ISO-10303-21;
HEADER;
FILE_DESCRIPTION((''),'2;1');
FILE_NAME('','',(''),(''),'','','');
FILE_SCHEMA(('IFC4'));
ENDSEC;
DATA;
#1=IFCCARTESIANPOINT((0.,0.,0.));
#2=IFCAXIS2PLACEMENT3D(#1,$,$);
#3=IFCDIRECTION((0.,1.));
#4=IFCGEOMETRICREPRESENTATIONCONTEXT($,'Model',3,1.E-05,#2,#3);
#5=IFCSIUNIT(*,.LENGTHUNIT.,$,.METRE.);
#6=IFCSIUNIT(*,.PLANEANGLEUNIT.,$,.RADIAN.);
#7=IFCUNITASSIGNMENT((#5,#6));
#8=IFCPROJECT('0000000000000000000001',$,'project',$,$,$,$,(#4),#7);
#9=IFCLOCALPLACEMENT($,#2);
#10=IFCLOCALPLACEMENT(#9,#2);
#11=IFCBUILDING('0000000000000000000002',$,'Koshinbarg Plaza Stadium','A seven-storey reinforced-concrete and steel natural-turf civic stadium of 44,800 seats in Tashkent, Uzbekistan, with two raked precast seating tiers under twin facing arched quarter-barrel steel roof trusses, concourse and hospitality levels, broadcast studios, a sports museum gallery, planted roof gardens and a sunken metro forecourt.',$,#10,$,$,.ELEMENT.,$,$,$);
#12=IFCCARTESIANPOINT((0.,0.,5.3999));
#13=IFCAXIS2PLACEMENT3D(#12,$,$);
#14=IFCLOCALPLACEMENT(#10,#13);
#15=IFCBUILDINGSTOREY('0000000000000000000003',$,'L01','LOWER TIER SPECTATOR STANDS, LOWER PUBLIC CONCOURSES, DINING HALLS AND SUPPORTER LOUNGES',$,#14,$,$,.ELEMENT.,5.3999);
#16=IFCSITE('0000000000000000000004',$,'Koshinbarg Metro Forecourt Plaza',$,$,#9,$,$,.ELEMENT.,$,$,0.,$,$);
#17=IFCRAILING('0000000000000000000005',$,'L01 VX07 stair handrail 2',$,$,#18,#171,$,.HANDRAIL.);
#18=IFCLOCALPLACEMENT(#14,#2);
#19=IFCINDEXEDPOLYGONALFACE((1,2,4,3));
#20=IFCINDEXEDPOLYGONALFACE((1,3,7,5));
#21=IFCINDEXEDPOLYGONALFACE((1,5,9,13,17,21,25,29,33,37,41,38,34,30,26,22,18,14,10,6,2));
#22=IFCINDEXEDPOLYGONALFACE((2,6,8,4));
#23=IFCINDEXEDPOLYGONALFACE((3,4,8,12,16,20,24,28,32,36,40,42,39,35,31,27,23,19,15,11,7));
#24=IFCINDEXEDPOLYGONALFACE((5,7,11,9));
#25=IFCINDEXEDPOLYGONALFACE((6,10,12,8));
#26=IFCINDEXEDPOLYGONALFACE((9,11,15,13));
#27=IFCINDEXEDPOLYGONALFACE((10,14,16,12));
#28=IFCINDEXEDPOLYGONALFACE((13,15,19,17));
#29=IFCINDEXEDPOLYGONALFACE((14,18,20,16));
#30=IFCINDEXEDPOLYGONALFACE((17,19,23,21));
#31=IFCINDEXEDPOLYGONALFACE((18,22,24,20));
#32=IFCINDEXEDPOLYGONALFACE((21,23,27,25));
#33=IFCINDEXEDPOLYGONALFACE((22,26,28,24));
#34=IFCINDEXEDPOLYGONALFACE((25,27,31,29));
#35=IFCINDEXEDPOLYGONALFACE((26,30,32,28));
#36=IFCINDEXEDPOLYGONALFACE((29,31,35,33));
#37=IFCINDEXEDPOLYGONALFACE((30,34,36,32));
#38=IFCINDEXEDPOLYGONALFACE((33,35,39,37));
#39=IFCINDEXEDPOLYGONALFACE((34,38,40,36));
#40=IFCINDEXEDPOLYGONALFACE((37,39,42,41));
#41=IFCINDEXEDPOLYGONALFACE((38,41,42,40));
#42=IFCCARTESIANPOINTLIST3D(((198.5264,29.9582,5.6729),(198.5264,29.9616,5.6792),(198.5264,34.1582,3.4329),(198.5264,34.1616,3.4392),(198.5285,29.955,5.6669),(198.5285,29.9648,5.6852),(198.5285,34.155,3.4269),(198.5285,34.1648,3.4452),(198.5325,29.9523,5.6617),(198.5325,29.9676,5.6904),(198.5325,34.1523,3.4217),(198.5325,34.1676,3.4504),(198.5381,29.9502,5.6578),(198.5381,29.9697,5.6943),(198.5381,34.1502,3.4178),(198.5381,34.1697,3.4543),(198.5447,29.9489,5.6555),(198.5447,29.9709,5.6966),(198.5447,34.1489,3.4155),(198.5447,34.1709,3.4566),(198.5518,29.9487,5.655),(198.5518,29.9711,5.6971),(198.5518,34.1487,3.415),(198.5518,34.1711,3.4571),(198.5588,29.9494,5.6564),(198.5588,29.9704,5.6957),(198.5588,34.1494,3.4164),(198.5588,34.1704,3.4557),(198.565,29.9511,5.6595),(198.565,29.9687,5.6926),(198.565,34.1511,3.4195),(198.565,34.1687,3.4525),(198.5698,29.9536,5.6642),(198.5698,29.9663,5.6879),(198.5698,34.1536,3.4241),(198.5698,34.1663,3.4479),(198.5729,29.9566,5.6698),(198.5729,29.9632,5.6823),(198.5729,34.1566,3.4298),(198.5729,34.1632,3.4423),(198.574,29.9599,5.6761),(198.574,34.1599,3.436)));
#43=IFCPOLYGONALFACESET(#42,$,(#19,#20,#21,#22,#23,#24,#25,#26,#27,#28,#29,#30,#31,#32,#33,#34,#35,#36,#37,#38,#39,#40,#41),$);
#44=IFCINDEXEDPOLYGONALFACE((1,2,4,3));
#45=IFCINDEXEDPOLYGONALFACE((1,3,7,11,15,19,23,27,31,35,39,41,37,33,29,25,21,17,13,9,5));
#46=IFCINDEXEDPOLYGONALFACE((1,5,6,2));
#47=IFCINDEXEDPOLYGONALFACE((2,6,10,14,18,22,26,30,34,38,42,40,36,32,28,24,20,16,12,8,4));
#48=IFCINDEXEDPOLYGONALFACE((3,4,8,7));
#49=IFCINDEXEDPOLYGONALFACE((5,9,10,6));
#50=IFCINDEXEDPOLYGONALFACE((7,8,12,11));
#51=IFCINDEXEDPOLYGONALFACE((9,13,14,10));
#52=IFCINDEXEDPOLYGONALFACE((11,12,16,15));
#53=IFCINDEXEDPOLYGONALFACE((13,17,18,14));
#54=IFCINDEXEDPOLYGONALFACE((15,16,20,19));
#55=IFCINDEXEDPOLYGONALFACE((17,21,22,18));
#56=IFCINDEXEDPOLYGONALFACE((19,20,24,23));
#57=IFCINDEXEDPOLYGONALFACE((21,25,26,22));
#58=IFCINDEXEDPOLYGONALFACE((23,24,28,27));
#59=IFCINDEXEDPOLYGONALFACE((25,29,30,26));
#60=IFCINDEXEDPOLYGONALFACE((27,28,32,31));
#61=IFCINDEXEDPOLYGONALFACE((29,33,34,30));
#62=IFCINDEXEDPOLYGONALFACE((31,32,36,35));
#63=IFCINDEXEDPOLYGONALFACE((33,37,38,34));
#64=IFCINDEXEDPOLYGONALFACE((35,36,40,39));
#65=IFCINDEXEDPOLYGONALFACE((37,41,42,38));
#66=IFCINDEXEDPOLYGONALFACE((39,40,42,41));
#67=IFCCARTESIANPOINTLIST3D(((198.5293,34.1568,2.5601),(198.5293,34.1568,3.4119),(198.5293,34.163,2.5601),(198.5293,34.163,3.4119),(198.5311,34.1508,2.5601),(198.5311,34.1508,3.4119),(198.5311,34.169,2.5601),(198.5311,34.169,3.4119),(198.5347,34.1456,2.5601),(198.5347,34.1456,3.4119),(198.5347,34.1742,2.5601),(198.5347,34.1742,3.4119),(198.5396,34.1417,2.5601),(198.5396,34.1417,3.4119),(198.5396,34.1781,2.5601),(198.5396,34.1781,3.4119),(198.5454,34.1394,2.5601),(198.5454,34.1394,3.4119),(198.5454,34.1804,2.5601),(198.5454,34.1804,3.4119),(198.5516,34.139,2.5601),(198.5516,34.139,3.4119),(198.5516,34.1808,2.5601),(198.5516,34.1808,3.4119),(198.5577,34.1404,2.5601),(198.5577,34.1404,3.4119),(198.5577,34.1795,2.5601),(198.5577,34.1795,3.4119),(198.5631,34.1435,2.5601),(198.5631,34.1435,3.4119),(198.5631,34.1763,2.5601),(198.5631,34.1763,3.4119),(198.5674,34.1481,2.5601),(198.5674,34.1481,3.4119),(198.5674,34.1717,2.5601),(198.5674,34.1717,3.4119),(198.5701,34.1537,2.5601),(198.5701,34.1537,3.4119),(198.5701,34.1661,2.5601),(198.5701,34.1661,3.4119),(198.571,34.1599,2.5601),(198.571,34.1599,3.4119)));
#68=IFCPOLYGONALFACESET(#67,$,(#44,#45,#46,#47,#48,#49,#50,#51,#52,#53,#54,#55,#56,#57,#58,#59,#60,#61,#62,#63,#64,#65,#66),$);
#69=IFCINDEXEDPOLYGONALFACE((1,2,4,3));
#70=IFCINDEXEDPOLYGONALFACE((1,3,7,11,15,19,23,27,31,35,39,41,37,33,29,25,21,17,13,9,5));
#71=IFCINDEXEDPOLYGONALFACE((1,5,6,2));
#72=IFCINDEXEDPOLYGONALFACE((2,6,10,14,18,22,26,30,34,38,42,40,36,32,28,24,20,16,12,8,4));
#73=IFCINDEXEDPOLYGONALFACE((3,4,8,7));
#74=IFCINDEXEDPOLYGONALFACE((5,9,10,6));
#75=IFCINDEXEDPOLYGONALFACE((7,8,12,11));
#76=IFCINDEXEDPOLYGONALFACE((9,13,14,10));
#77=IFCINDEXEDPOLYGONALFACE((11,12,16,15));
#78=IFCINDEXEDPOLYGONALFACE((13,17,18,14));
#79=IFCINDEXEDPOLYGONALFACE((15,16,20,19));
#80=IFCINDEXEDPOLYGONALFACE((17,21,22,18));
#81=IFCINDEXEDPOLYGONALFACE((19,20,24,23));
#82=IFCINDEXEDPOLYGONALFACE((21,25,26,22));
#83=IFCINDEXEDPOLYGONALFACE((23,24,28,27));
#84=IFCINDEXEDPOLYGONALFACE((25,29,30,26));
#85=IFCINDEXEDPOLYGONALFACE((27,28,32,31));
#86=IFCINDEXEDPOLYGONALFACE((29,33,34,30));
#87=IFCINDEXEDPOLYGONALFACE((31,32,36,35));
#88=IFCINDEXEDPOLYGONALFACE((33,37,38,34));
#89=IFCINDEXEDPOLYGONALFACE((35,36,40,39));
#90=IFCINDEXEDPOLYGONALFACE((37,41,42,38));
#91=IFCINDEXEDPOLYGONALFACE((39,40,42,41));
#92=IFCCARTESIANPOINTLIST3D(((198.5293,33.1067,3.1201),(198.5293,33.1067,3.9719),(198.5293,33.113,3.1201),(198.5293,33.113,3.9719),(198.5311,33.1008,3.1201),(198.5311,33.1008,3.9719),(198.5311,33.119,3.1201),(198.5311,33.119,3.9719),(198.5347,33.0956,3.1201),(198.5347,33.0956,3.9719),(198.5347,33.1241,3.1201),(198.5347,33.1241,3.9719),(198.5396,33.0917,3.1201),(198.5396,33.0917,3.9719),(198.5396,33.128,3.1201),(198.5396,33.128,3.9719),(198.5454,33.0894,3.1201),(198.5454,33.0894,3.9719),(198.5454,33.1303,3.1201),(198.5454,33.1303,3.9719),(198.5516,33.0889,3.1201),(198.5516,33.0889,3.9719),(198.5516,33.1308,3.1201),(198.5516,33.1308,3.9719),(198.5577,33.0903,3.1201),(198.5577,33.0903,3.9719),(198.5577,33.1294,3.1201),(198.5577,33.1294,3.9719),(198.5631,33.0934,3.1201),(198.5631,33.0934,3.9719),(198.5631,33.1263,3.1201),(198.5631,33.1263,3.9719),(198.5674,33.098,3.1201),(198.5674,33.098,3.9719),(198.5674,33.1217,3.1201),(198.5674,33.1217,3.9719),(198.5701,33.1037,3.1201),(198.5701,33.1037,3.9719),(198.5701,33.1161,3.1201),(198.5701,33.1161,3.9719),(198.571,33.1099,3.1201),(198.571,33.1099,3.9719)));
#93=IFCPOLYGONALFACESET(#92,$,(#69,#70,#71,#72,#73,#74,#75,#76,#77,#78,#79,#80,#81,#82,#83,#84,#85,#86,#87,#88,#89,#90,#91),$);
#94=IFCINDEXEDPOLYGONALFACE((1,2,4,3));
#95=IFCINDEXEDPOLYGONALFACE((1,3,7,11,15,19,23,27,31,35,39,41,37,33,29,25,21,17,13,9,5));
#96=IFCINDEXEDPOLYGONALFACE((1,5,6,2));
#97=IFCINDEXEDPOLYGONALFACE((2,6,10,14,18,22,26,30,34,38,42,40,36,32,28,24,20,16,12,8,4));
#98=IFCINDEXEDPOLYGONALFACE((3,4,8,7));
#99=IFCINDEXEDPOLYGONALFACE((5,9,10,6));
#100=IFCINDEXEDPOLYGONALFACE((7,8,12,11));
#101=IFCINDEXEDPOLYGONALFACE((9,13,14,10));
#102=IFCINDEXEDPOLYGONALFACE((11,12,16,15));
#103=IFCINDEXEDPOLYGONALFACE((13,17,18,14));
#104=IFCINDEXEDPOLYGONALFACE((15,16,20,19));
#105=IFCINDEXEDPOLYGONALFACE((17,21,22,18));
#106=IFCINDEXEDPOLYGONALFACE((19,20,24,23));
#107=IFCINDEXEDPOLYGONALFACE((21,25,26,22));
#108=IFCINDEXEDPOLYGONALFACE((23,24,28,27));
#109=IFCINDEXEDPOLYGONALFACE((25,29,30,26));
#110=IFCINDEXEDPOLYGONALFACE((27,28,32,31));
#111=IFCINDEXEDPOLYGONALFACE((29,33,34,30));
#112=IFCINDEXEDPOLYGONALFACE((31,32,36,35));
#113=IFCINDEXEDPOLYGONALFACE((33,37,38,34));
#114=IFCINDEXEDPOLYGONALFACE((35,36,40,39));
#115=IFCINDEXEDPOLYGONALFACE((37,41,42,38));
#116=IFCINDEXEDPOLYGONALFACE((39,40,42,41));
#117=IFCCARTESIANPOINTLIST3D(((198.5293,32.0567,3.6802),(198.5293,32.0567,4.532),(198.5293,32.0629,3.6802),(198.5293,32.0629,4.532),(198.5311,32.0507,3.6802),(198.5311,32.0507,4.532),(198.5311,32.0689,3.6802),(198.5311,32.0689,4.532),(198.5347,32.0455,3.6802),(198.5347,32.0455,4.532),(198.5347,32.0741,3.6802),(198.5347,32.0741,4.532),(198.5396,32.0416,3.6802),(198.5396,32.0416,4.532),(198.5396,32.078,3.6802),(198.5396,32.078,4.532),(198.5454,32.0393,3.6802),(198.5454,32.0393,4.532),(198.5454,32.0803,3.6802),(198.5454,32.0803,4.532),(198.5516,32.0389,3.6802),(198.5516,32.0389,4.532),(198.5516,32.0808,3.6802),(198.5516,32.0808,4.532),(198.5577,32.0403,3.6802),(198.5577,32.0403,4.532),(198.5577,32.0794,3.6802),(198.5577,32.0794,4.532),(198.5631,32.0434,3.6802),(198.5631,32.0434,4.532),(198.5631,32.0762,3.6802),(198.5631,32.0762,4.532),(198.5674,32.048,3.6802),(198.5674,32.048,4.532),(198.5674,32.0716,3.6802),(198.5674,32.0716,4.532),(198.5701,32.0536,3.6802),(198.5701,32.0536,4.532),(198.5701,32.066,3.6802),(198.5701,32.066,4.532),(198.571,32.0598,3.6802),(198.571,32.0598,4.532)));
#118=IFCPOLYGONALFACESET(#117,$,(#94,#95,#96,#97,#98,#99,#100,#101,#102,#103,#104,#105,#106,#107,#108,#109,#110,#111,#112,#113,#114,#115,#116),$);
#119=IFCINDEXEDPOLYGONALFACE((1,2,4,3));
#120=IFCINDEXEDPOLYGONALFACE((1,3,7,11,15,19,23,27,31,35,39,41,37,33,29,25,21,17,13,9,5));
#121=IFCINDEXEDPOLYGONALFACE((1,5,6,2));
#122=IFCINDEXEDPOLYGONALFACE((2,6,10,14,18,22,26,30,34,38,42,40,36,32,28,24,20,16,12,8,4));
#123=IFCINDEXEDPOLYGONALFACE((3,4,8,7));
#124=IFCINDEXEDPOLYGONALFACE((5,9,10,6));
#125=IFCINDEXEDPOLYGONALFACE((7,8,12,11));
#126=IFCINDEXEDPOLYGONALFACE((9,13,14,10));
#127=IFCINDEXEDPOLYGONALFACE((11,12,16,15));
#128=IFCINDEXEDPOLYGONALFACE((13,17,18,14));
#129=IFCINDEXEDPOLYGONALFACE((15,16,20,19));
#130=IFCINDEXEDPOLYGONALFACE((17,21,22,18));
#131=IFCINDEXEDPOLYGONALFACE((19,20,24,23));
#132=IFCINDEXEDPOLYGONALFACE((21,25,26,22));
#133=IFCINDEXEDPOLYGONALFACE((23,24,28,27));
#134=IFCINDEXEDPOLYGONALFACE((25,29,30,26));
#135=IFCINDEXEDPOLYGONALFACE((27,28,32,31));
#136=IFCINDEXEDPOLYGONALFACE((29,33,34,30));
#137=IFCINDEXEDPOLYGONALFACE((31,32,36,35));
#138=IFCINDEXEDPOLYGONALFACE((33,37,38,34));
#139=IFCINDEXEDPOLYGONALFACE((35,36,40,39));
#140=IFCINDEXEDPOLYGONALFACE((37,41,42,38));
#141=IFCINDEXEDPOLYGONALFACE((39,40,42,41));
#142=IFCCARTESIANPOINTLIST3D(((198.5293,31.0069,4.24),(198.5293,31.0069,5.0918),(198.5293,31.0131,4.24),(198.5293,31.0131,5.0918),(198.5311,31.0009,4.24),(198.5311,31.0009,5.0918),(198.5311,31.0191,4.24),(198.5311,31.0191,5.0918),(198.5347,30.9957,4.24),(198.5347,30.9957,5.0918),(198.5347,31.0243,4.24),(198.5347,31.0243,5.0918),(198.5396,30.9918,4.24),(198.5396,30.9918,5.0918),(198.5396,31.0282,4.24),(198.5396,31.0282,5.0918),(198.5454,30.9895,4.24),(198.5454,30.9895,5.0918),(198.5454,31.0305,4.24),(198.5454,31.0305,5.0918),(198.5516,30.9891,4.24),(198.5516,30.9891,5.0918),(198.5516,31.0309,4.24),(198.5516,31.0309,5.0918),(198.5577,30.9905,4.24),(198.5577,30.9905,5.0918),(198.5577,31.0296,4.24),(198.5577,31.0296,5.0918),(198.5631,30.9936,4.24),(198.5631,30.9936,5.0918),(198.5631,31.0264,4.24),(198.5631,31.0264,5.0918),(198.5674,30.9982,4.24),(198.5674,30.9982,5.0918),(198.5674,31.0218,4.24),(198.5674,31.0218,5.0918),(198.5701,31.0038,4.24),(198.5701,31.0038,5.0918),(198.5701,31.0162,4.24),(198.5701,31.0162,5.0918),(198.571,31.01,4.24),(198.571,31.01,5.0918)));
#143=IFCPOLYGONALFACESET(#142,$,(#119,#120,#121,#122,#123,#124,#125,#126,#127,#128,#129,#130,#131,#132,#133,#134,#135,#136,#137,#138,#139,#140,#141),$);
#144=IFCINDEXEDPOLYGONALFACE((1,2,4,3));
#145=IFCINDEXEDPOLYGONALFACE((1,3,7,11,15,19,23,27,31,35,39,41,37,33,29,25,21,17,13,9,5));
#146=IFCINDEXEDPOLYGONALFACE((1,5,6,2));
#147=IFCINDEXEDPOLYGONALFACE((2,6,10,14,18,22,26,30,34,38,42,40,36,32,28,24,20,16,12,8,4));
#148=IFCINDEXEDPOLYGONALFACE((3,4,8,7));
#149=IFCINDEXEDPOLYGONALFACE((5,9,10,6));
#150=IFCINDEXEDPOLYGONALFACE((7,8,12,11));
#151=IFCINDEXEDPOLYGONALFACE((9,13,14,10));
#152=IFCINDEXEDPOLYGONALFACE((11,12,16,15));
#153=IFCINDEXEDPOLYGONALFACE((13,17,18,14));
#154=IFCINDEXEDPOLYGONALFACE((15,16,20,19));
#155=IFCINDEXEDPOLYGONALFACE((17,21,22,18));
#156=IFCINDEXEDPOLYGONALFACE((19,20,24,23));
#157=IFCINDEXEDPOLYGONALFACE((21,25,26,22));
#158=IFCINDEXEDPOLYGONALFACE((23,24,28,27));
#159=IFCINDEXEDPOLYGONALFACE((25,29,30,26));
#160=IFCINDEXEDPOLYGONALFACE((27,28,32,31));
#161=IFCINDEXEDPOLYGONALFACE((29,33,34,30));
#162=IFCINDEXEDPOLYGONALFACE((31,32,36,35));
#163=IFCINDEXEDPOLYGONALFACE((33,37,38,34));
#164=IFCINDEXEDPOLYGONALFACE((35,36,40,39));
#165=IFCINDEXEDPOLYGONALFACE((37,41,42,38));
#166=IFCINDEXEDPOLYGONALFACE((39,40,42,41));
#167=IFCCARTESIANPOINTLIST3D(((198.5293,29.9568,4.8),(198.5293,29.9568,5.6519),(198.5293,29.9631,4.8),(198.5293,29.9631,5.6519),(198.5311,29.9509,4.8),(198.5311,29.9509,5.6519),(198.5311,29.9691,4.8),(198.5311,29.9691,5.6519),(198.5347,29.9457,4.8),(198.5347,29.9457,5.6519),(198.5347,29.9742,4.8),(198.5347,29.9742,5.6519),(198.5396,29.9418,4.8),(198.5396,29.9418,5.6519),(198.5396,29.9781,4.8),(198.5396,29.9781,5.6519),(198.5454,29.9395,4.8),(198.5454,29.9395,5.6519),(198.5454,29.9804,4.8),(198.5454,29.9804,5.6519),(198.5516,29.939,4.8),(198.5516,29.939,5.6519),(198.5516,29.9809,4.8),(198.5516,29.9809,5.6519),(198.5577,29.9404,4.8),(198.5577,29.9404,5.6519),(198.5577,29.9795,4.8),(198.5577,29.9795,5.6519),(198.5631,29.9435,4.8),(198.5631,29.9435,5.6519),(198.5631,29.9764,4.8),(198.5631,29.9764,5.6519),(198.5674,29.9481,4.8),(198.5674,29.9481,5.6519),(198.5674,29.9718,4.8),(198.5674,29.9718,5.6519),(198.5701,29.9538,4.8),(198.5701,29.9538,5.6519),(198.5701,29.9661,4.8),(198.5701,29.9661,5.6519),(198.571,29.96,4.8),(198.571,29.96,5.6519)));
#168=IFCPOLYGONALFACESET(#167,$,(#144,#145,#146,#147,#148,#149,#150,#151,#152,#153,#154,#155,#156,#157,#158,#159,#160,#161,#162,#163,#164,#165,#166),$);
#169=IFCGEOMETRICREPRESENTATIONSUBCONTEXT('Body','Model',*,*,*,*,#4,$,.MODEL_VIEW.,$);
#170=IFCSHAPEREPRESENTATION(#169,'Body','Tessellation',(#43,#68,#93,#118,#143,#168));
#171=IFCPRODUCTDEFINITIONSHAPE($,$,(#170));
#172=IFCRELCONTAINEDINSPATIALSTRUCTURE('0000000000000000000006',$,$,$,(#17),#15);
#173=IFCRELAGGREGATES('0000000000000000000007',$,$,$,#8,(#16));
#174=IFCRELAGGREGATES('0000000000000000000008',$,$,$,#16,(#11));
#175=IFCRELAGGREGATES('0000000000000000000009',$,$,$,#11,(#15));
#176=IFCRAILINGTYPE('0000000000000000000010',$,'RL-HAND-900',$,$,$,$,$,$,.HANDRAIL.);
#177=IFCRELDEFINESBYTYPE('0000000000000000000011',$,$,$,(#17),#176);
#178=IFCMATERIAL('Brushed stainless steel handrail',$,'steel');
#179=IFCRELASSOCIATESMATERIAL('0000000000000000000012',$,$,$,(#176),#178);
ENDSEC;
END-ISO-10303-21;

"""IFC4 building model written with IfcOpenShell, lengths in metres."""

from ifc_helpers import new_model, si_unit, direction, frame, origin, origin_2d, place, context, subcontext, project, spatial, circle, extrude, material, type_object, element, save


model = new_model("IFC4")

# Units and contexts
model_context = context("Model", 3, precision=1e-05, world=origin(), true_north=direction((0.0, 1.0)))
body_context = subcontext(model_context, "Body", "Model", "MODEL_VIEW")
ifc_project = project(units=[si_unit("LENGTHUNIT", "METRE"), si_unit("PLANEANGLEUNIT", "RADIAN")], contexts=[model_context])

# Site, building, storey
site_placement = place(None, origin())
site = spatial("IfcSite", under=ifc_project, at=site_placement, Name="Koshinbarg Metro Forecourt Plaza", CompositionType="ELEMENT", RefElevation=0.0)
building_placement = place(site_placement, origin())
building = spatial("IfcBuilding", under=site, at=building_placement, Name="Koshinbarg Plaza Stadium", Description="A seven-storey reinforced-concrete and steel natural-turf civic stadium of 44,800 seats in Tashkent, Uzbekistan, with two raked precast seating tiers under twin facing arched quarter-barrel steel roof trusses, concourse and hospitality levels, broadcast studios, a sports museum gallery, planted roof gardens and a sunken metro forecourt.", CompositionType="ELEMENT")
storey_placement = place(building_placement, frame((0.0, 0.0, 5.3999)))
storey = spatial("IfcBuildingStorey", under=building, at=storey_placement, Name="L01", Description="LOWER TIER SPECTATOR STANDS, LOWER PUBLIC CONCOURSES, DINING HALLS AND SUPPORTER LOUNGES", CompositionType="ELEMENT", Elevation=5.3999)

# Railing
ifc_material_1 = material(Name="Brushed stainless steel handrail", Category="steel")
railing_type_1 = type_object("IfcRailingType", Name="RL-HAND-900", PredefinedType="HANDRAIL", material=ifc_material_1)
railing_1_placement = place(storey_placement, frame((198.55, 34.1599, 2.5601)))
element("IfcRailing", 1, at=railing_1_placement, inside=storey, type_object=railing_type_1, Name="L01 VX07 stair handrail 2", PredefinedType="HANDRAIL", context=body_context, shape_type="SweptSolid", body=[
    extrude(circle(Radius=0.0239, at=origin_2d()), frame((0.0, 0.0, 0.876), z_axis=(0.0, -0.882352, 0.470591), x_axis=(1.0, 0.0, 0.0)), (0.0, 0.0, 1.0), 4.76),
    extrude(circle(Radius=0.021, at=origin_2d()), origin(), (0.0, 0.0, 1.0), 0.8518),
    extrude(circle(Radius=0.021, at=origin_2d()), frame((0.0, -1.05, 0.5601)), (0.0, 0.0, 1.0), 0.8518),
    extrude(circle(Radius=0.021, at=origin_2d()), frame((0.0, -2.1001, 1.1201)), (0.0, 0.0, 1.0), 0.8518),
    extrude(circle(Radius=0.021, at=origin_2d()), frame((0.0, -3.1499, 1.6799)), (0.0, 0.0, 1.0), 0.8518),
    extrude(circle(Radius=0.021, at=origin_2d()), frame((0.0, -4.2, 2.24)), (0.0, 0.0, 1.0), 0.8518),
])

save(model, "model.ifc")
